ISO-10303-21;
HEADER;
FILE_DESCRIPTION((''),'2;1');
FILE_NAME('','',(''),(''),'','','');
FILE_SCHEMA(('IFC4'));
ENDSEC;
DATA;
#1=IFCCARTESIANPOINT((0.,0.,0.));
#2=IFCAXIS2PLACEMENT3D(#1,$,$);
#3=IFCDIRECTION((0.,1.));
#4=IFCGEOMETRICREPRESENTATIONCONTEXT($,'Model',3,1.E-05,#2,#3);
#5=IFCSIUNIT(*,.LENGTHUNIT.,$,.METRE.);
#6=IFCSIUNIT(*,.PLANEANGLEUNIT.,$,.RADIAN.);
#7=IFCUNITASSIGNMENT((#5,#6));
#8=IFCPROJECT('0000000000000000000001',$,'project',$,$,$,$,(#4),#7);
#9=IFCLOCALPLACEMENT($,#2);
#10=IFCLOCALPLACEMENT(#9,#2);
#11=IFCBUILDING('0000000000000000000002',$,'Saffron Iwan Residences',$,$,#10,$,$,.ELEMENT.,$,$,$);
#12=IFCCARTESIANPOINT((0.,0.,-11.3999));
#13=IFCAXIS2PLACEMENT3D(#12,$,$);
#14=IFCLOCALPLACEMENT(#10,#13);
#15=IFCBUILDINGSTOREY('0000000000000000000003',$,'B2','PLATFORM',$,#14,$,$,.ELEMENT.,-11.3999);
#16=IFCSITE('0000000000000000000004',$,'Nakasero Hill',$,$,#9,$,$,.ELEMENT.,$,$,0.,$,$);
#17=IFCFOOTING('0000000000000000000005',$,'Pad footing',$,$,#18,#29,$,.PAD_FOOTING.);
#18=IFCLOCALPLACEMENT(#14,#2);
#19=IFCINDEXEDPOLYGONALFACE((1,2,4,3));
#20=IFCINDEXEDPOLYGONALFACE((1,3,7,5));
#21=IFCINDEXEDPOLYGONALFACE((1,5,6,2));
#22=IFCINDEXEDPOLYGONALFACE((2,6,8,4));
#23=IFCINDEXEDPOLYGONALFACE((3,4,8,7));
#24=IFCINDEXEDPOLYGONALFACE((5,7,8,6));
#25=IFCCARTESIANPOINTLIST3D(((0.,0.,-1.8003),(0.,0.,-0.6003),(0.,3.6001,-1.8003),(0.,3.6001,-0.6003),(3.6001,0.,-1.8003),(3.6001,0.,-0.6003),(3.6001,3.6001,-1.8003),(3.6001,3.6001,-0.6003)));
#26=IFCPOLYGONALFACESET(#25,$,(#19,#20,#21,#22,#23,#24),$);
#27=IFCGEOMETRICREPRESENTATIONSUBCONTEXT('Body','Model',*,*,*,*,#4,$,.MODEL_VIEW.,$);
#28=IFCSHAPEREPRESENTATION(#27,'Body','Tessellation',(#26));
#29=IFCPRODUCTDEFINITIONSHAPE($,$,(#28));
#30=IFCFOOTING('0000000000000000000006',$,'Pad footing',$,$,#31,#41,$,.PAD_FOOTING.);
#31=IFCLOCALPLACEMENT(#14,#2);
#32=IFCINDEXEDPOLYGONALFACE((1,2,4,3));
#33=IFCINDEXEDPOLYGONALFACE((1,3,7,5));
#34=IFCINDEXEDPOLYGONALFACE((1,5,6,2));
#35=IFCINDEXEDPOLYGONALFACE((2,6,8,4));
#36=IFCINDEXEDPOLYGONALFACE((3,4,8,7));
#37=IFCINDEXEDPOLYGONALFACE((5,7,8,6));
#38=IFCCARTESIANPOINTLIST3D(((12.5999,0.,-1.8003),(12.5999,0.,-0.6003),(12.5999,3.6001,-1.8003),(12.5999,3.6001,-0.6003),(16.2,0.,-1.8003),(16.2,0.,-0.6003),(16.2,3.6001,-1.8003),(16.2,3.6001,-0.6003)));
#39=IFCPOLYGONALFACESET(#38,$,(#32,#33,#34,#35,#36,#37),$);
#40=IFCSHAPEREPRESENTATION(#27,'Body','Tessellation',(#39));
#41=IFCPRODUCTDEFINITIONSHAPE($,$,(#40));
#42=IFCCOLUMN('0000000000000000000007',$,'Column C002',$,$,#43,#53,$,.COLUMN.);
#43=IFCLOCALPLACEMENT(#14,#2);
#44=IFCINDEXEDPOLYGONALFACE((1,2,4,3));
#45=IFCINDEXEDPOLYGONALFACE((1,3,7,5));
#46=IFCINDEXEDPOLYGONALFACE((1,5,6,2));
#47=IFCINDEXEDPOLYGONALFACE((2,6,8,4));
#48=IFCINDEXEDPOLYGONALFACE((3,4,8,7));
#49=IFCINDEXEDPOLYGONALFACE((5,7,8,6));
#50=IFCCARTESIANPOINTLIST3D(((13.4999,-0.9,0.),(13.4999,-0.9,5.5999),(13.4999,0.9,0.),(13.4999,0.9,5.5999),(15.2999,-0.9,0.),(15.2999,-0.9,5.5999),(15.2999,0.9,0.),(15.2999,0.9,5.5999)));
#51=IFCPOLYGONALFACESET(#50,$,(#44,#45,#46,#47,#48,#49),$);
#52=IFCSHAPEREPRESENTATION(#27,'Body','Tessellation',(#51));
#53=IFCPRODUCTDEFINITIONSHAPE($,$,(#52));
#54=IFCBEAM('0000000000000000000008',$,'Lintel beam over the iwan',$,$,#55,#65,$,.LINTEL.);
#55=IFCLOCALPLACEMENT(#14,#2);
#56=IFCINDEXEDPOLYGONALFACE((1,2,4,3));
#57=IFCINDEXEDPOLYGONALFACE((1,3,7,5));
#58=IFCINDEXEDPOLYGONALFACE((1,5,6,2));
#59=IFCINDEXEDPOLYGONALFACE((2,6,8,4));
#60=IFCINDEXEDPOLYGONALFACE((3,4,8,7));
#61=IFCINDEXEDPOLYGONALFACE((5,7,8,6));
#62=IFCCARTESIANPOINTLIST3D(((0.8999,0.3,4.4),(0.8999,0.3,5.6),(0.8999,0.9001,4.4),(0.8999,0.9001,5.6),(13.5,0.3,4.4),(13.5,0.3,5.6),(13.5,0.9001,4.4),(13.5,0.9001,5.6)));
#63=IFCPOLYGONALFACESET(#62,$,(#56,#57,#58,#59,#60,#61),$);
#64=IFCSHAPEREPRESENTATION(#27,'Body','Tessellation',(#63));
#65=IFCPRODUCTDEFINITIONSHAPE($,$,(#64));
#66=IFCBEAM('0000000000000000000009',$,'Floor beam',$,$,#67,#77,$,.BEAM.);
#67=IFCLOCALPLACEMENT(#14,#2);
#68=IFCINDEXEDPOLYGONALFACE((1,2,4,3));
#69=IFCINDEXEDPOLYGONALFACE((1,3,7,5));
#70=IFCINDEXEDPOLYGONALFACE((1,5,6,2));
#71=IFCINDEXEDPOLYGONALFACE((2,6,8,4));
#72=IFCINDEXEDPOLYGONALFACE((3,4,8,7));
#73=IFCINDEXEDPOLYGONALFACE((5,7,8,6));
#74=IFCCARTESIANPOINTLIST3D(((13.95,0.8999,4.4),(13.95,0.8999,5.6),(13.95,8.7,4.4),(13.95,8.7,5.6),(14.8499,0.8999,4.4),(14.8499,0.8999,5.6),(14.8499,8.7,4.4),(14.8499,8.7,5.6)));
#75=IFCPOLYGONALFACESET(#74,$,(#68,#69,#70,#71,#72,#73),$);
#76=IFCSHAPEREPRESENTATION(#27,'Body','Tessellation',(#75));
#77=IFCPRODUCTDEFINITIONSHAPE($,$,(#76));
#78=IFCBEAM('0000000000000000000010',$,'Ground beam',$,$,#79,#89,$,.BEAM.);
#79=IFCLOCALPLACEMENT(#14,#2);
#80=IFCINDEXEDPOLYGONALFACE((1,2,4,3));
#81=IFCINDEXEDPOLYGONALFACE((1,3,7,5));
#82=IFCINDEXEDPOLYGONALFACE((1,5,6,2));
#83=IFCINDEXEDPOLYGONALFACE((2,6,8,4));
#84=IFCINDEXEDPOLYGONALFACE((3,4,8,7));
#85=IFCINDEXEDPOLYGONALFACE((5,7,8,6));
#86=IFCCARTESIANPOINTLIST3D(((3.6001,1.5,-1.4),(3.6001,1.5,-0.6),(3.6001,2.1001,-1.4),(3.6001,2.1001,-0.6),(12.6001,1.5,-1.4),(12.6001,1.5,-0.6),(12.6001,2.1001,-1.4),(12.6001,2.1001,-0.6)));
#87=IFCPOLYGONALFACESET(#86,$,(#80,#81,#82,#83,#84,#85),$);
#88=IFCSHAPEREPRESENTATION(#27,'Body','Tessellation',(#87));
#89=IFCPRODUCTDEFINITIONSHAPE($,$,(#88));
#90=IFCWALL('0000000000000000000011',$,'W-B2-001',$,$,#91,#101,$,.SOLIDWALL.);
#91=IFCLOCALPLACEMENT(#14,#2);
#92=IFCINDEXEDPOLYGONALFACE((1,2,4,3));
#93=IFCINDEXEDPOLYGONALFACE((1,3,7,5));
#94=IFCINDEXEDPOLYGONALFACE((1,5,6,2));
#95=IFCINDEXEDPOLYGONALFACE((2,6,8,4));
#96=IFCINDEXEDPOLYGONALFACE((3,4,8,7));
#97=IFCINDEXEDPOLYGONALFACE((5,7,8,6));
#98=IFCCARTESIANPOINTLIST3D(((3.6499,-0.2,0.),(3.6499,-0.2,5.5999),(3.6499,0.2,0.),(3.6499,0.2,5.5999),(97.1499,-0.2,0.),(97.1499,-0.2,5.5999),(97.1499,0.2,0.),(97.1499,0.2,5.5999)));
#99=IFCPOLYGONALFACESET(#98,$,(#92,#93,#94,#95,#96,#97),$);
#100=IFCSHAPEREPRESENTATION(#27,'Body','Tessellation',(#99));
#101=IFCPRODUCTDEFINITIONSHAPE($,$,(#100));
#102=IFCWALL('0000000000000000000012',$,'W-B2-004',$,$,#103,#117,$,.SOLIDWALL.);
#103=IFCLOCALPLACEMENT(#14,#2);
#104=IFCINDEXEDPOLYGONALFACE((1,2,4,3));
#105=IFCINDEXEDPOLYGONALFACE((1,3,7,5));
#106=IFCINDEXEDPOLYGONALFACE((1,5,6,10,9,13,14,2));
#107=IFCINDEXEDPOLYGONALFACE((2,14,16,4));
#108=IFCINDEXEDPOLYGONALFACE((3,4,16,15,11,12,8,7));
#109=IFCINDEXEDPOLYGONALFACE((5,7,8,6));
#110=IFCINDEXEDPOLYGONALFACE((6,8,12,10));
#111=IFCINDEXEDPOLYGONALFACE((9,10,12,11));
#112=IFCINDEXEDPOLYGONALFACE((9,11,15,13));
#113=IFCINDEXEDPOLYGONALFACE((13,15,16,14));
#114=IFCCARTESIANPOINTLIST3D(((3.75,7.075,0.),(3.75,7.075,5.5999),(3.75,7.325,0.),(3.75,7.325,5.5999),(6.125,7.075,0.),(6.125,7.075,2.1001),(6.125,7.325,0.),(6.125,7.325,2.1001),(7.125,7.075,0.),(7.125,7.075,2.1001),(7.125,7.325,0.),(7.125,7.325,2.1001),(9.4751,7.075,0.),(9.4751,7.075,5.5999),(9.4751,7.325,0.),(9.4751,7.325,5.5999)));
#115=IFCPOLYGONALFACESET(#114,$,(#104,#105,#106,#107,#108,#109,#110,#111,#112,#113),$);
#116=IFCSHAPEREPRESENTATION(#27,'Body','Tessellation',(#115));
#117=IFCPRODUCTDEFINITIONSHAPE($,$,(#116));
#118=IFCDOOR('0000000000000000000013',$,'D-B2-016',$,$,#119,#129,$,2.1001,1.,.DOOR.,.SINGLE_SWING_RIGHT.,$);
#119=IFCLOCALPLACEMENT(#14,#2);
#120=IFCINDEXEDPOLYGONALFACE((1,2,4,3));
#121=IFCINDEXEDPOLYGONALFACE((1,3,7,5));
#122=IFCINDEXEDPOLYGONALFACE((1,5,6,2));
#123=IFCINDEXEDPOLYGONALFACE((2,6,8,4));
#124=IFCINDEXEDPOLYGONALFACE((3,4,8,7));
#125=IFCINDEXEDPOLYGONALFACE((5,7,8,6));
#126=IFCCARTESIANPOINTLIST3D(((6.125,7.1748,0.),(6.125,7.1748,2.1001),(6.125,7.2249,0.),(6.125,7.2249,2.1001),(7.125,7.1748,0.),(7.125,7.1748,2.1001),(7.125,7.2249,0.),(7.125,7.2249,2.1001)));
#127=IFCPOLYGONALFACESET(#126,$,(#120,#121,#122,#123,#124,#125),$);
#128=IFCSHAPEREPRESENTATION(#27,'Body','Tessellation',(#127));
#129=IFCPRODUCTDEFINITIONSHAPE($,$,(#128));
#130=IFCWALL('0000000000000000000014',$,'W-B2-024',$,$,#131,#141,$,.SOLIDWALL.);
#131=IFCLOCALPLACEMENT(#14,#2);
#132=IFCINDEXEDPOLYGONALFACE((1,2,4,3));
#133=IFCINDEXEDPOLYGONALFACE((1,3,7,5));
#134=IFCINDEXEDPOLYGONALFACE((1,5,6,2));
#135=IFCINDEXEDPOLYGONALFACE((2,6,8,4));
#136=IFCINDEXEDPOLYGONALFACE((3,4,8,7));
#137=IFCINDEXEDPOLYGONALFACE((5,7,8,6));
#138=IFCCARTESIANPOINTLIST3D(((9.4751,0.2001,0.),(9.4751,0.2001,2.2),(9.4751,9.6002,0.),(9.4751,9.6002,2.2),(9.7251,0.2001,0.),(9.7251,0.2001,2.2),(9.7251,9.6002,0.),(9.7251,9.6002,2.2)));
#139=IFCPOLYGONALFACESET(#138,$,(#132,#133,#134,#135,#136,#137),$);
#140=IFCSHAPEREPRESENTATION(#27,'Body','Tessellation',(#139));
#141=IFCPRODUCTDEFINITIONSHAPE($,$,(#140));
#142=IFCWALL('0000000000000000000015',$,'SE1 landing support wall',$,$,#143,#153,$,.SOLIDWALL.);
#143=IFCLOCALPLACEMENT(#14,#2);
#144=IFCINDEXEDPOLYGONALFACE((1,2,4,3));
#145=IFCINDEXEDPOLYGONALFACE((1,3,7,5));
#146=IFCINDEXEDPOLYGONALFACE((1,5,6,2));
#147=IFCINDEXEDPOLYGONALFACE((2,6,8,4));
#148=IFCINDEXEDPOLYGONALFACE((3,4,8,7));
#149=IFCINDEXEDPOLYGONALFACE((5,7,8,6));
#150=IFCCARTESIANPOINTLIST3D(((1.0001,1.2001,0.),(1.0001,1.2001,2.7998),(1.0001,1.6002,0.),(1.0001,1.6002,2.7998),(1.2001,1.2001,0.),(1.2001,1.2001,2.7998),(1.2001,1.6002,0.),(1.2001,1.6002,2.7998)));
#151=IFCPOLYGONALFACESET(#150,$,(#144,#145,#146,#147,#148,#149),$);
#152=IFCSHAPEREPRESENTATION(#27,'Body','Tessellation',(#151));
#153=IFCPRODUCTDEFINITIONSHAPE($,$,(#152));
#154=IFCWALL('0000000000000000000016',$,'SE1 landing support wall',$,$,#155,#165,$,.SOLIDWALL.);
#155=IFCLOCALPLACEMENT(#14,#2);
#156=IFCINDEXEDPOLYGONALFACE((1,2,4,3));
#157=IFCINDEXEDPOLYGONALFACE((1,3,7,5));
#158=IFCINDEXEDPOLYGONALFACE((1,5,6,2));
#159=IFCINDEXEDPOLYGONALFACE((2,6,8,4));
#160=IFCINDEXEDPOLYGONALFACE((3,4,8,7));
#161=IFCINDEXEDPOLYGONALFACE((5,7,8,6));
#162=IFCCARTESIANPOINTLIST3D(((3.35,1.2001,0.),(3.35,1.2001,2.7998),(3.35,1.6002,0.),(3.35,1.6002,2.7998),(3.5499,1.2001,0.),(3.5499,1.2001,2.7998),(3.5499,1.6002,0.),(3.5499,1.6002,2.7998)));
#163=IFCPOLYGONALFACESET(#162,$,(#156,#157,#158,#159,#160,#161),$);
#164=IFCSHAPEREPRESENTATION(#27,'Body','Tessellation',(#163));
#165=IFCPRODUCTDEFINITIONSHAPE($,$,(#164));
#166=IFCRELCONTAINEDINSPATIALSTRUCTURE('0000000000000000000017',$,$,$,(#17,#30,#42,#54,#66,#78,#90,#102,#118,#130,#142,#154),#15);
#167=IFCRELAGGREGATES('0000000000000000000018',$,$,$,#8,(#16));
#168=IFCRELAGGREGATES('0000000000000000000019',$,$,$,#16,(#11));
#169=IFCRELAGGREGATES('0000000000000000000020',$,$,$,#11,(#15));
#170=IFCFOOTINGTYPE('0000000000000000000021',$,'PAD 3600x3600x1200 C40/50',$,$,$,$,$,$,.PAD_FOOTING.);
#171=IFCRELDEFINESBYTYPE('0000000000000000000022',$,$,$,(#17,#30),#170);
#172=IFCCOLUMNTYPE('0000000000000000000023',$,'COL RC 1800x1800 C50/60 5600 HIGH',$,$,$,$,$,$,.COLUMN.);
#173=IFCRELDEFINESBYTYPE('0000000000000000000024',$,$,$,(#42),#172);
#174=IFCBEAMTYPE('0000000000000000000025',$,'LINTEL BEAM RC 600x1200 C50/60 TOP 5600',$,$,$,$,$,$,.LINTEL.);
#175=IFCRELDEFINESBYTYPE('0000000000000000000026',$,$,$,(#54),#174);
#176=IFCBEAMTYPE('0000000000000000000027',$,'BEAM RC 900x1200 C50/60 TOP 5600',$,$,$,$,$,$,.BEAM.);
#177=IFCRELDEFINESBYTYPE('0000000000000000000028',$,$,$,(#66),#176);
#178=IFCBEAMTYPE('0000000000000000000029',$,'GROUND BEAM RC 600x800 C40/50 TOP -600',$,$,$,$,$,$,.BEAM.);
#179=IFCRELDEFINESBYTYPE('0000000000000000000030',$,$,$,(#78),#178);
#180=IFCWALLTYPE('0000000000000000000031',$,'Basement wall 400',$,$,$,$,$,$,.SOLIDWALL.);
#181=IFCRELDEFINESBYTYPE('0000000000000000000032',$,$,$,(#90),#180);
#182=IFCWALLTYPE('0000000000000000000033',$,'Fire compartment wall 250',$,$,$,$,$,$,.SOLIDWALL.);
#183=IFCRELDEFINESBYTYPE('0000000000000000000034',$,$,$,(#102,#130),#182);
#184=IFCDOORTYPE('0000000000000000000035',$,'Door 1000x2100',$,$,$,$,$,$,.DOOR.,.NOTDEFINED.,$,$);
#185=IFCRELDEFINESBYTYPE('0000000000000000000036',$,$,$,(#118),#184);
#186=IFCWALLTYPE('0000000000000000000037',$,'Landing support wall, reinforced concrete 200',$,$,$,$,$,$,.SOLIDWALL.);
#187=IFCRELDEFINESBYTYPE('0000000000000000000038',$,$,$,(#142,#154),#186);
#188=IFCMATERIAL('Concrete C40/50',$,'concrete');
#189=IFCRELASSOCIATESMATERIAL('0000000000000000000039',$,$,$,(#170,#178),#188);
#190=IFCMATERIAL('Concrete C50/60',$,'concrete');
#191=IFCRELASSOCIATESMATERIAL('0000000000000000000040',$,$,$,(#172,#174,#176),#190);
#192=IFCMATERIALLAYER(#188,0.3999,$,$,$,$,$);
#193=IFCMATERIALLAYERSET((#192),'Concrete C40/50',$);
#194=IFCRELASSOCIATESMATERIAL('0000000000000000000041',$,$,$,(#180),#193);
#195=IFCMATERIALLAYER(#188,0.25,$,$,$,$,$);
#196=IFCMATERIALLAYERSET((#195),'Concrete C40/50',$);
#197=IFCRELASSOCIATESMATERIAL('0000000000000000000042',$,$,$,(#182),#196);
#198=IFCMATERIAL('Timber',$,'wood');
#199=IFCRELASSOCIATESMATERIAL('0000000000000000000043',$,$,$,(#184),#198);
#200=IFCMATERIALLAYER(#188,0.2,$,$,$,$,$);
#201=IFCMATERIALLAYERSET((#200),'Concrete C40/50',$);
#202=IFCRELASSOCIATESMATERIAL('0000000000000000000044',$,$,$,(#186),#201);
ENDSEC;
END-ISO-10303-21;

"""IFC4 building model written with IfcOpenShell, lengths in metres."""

from ifc_helpers import new_model, si_unit, direction, frame, frame_2d, origin, origin_2d, place, context, subcontext, project, spatial, rectangle, extrude, source, transform, mapped, material, layer, layer_set, material_profile, profile_set, type_object, element, fill, save


model = new_model("IFC4")

# Units and contexts
model_context = context("Model", 3, precision=1e-05, world=origin(), true_north=direction((0.0, 1.0)))
body_context = subcontext(model_context, "Body", "Model", "MODEL_VIEW")
ifc_project = project(units=[si_unit("LENGTHUNIT", "METRE"), si_unit("PLANEANGLEUNIT", "RADIAN")], contexts=[model_context])

# Site, building, storey
site_placement = place(None, origin())
site = spatial("IfcSite", under=ifc_project, at=site_placement, Name="Nakasero Hill", CompositionType="ELEMENT", RefElevation=0.0)
building_placement = place(site_placement, origin())
building = spatial("IfcBuilding", under=site, at=building_placement, Name="Saffron Iwan Residences", CompositionType="ELEMENT")
storey_placement = place(building_placement, frame((0.0, 0.0, -11.3999)))
storey = spatial("IfcBuildingStorey", under=building, at=storey_placement, Name="B2", Description="PLATFORM", CompositionType="ELEMENT", Elevation=-11.3999)

# Footings
ifc_material_1 = material(Name="Concrete C40/50", Category="concrete")
footing_type = type_object("IfcFootingType", Name="PAD 3600x3600x1200 C40/50", PredefinedType="PAD_FOOTING", material=ifc_material_1)
shared_shape_1 = source(origin(), body_context, "Body", "SweptSolid", [
    extrude(rectangle(XDim=3.6001, YDim=3.6001, at=origin_2d()), origin(), (0.0, 0.0, 1.0), 1.2),
])
for number, where, z_axis, x_axis, name in (
    (1, (1.8, 1.8, -1.8003), (0.0, 0.0, 1.0), (1.0, 0.0, 0.0), "Pad footing"),
    (2, (14.3999, 1.8, -1.8003), (0.0, 0.0, 1.0), (1.0, 0.0, 0.0), "Pad footing"),
):
    element("IfcFooting", number, at=place(storey_placement, frame(where, z_axis=z_axis, x_axis=x_axis)), inside=storey, type_object=footing_type, Name=name, PredefinedType="PAD_FOOTING", context=body_context, shape_type="MappedRepresentation", body=[
        mapped(shared_shape_1, transform((0.0, 0.0, 0.0))),
    ])

# Column
ifc_material_2 = material(Name="Concrete C50/60", Category="concrete")
ifc_material_profile_1 = material_profile(ifc_material_2, rectangle(XDim=1.8, YDim=1.8, at=origin_2d()), Name="RC 1800x1800")
ifc_profile_set_1 = profile_set([ifc_material_profile_1], Name="Concrete C50/60")
column_type = type_object("IfcColumnType", Name="COL RC 1800x1800 C50/60 5600 HIGH", PredefinedType="COLUMN", material=ifc_profile_set_1)
shared_shape_2 = source(origin(), body_context, "Body", "SweptSolid", [
    extrude(rectangle(XDim=1.8, YDim=1.8, at=origin_2d()), origin(), (0.0, 0.0, 1.0), 5.5999),
])
column_placement = place(storey_placement, frame((14.3999, 0.0, 0.0), z_axis=(0.0, 0.0, 1.0), x_axis=(1.0, 0.0, 0.0)))
element("IfcColumn", 3, at=column_placement, inside=storey, type_object=column_type, Name="Column C002", PredefinedType="COLUMN", context=body_context, shape_type="MappedRepresentation", body=[
    mapped(shared_shape_2, transform((0.0, 0.0, 0.0))),
])

# Beams
ifc_material_profile_2 = material_profile(ifc_material_2, rectangle(XDim=0.6001, YDim=1.2, at=origin_2d()), Name="RC 600x1200")
ifc_profile_set_2 = profile_set([ifc_material_profile_2], Name="Concrete C50/60")
beam_type_1 = type_object("IfcBeamType", Name="LINTEL BEAM RC 600x1200 C50/60 TOP 5600", PredefinedType="LINTEL", material=ifc_profile_set_2)
shared_shape_3 = source(origin(), body_context, "Body", "SweptSolid", [
    extrude(rectangle(XDim=0.6001, YDim=1.2, at=origin_2d()), origin(), (0.0, 0.0, 1.0), 12.6001),
])
beam_1_placement = place(storey_placement, frame((13.5, 0.6001, 5.0), z_axis=(-1.0, 0.0, 0.0), x_axis=(0.0, -1.0, 0.0)))
element("IfcBeam", 4, at=beam_1_placement, inside=storey, type_object=beam_type_1, Name="Lintel beam over the iwan", PredefinedType="LINTEL", context=body_context, shape_type="MappedRepresentation", body=[
    mapped(shared_shape_3, transform((0.0, 0.0, 0.0))),
])
ifc_material_profile_3 = material_profile(ifc_material_2, rectangle(XDim=0.8999, YDim=1.2, at=origin_2d()), Name="RC 900x1200")
ifc_profile_set_3 = profile_set([ifc_material_profile_3], Name="Concrete C50/60")
beam_type_2 = type_object("IfcBeamType", Name="BEAM RC 900x1200 C50/60 TOP 5600", PredefinedType="BEAM", material=ifc_profile_set_3)
shared_shape_4 = source(origin(), body_context, "Body", "SweptSolid", [
    extrude(rectangle(XDim=0.8999, YDim=1.2, at=origin_2d()), origin(), (0.0, 0.0, 1.0), 7.8),
])
beam_2_placement = place(storey_placement, frame((14.3999, 0.8999, 5.0), z_axis=(0.0, 1.0, 0.0), x_axis=(-1.0, 0.0, 0.0)))
element("IfcBeam", 5, at=beam_2_placement, inside=storey, type_object=beam_type_2, Name="Floor beam", PredefinedType="BEAM", context=body_context, shape_type="MappedRepresentation", body=[
    mapped(shared_shape_4, transform((0.0, 0.0, 0.0))),
])
ifc_material_profile_4 = material_profile(ifc_material_1, rectangle(XDim=0.6001, YDim=0.8, at=origin_2d()), Name="RC 600x800")
ifc_profile_set_4 = profile_set([ifc_material_profile_4], Name="Concrete C40/50")
beam_type_3 = type_object("IfcBeamType", Name="GROUND BEAM RC 600x800 C40/50 TOP -600", PredefinedType="BEAM", material=ifc_profile_set_4)
shared_shape_5 = source(origin(), body_context, "Body", "SweptSolid", [
    extrude(rectangle(XDim=0.6001, YDim=0.8, at=origin_2d()), origin(), (0.0, 0.0, 1.0), 9.0),
])
beam_3_placement = place(storey_placement, frame((3.6001, 1.8, -1.0), z_axis=(1.0, 0.0, 0.0), x_axis=(0.0, 1.0, 0.0)))
element("IfcBeam", 6, at=beam_3_placement, inside=storey, type_object=beam_type_3, Name="Ground beam", PredefinedType="BEAM", context=body_context, shape_type="MappedRepresentation", body=[
    mapped(shared_shape_5, transform((0.0, 0.0, 0.0))),
])

# Wall
ifc_layer_1 = layer(ifc_material_1, 0.3999)
ifc_layer_set_1 = layer_set([ifc_layer_1], Name="Concrete C40/50")
wall_type_1 = type_object("IfcWallType", Name="Basement wall 400", PredefinedType="SOLIDWALL", material=ifc_layer_set_1)
wall_1_placement = place(storey_placement, frame((3.6499, 0.0, 0.0), z_axis=(0.0, 0.0, 1.0), x_axis=(1.0, 0.0, 0.0)))
element("IfcWall", 7, at=wall_1_placement, inside=storey, type_object=wall_type_1, Name="W-B2-001", PredefinedType="SOLIDWALL", context=body_context, shape_type="SweptSolid", body=[
    extrude(rectangle(XDim=93.5, YDim=0.3999, at=frame_2d((46.75, 0.0))), origin(), (0.0, 0.0, 1.0), 5.5999),
])

# Wall, opening, door
ifc_layer_2 = layer(ifc_material_1, 0.25)
ifc_layer_set_2 = layer_set([ifc_layer_2], Name="Concrete C40/50")
wall_type_2 = type_object("IfcWallType", Name="Fire compartment wall 250", PredefinedType="SOLIDWALL", material=ifc_layer_set_2)
wall_2_placement = place(storey_placement, frame((3.75, 7.2, 0.0), z_axis=(0.0, 0.0, 1.0), x_axis=(1.0, 0.0, 0.0)))
wall_2 = element("IfcWall", 8, at=wall_2_placement, inside=storey, type_object=wall_type_2, Name="W-B2-004", PredefinedType="SOLIDWALL", context=body_context, shape_type="SweptSolid", body=[
    extrude(rectangle(XDim=5.7251, YDim=0.25, at=frame_2d((2.8625, 0.0))), origin(), (0.0, 0.0, 1.0), 5.5999),
])
opening_placement = place(wall_2_placement, frame((2.375, 0.0, 0.0)))
opening = element("IfcOpeningElement", 9, at=opening_placement, cuts=wall_2, PredefinedType="OPENING", context=body_context, shape_type="SweptSolid", body=[
    extrude(rectangle(XDim=1.0, YDim=2.1001, at=frame_2d((0.5, 1.05))), frame((0.0, 0.135, 0.0), z_axis=(0.0, -1.0, 0.0), x_axis=(1.0, 0.0, 0.0)), (0.0, 0.0, 1.0), 0.27),
])
ifc_material_3 = material(Name="Timber", Category="wood")
door_type = type_object("IfcDoorType", Name="Door 1000x2100", OperationType="NOTDEFINED", PredefinedType="DOOR", material=ifc_material_3)
door_placement = place(opening_placement, origin())
door = element("IfcDoor", 10, at=door_placement, inside=storey, type_object=door_type, Name="D-B2-016", OperationType="SINGLE_SWING_RIGHT", OverallHeight=2.1001, OverallWidth=1.0, PredefinedType="DOOR", context=body_context, shape_type="SweptSolid", body=[
    extrude(rectangle(XDim=1.0, YDim=2.1001, at=frame_2d((0.5, 1.05))), frame((0.0, 0.0249, 0.0), z_axis=(0.0, -1.0, 0.0), x_axis=(1.0, 0.0, 0.0)), (0.0, 0.0, 1.0), 0.05),
])
fill(opening, door)

# Walls
wall_3_placement = place(storey_placement, frame((9.6001, 0.2, 0.0), z_axis=(0.0, 0.0, 1.0), x_axis=(0.0, 1.0, 0.0)))
element("IfcWall", 11, at=wall_3_placement, inside=storey, type_object=wall_type_2, Name="W-B2-024", PredefinedType="SOLIDWALL", context=body_context, shape_type="SweptSolid", body=[
    extrude(rectangle(XDim=9.4001, YDim=0.25, at=frame_2d((4.7002, 0.0))), origin(), (0.0, 0.0, 1.0), 2.2),
])
ifc_layer_3 = layer(ifc_material_1, 0.2)
ifc_layer_set_3 = layer_set([ifc_layer_3], Name="Concrete C40/50")
wall_type_3 = type_object("IfcWallType", Name="Landing support wall, reinforced concrete 200", PredefinedType="SOLIDWALL", material=ifc_layer_set_3)
for number, where, z_axis, x_axis, name in (
    (12, (1.1001, 1.2, 0.0), (0.0, 0.0, 1.0), (0.0, 1.0, 0.0), "SE1 landing support wall"),
    (13, (3.45, 1.2, 0.0), (0.0, 0.0, 1.0), (0.0, 1.0, 0.0), "SE1 landing support wall"),
):
    element("IfcWall", number, at=place(storey_placement, frame(where, z_axis=z_axis, x_axis=x_axis)), inside=storey, type_object=wall_type_3, Name=name, PredefinedType="SOLIDWALL", context=body_context, shape_type="SweptSolid", body=[
        extrude(rectangle(XDim=0.4001, YDim=0.2, at=frame_2d((0.2002, 0.0))), origin(), (0.0, 0.0, 1.0), 2.7998),
    ])

save(model, "model.ifc")
